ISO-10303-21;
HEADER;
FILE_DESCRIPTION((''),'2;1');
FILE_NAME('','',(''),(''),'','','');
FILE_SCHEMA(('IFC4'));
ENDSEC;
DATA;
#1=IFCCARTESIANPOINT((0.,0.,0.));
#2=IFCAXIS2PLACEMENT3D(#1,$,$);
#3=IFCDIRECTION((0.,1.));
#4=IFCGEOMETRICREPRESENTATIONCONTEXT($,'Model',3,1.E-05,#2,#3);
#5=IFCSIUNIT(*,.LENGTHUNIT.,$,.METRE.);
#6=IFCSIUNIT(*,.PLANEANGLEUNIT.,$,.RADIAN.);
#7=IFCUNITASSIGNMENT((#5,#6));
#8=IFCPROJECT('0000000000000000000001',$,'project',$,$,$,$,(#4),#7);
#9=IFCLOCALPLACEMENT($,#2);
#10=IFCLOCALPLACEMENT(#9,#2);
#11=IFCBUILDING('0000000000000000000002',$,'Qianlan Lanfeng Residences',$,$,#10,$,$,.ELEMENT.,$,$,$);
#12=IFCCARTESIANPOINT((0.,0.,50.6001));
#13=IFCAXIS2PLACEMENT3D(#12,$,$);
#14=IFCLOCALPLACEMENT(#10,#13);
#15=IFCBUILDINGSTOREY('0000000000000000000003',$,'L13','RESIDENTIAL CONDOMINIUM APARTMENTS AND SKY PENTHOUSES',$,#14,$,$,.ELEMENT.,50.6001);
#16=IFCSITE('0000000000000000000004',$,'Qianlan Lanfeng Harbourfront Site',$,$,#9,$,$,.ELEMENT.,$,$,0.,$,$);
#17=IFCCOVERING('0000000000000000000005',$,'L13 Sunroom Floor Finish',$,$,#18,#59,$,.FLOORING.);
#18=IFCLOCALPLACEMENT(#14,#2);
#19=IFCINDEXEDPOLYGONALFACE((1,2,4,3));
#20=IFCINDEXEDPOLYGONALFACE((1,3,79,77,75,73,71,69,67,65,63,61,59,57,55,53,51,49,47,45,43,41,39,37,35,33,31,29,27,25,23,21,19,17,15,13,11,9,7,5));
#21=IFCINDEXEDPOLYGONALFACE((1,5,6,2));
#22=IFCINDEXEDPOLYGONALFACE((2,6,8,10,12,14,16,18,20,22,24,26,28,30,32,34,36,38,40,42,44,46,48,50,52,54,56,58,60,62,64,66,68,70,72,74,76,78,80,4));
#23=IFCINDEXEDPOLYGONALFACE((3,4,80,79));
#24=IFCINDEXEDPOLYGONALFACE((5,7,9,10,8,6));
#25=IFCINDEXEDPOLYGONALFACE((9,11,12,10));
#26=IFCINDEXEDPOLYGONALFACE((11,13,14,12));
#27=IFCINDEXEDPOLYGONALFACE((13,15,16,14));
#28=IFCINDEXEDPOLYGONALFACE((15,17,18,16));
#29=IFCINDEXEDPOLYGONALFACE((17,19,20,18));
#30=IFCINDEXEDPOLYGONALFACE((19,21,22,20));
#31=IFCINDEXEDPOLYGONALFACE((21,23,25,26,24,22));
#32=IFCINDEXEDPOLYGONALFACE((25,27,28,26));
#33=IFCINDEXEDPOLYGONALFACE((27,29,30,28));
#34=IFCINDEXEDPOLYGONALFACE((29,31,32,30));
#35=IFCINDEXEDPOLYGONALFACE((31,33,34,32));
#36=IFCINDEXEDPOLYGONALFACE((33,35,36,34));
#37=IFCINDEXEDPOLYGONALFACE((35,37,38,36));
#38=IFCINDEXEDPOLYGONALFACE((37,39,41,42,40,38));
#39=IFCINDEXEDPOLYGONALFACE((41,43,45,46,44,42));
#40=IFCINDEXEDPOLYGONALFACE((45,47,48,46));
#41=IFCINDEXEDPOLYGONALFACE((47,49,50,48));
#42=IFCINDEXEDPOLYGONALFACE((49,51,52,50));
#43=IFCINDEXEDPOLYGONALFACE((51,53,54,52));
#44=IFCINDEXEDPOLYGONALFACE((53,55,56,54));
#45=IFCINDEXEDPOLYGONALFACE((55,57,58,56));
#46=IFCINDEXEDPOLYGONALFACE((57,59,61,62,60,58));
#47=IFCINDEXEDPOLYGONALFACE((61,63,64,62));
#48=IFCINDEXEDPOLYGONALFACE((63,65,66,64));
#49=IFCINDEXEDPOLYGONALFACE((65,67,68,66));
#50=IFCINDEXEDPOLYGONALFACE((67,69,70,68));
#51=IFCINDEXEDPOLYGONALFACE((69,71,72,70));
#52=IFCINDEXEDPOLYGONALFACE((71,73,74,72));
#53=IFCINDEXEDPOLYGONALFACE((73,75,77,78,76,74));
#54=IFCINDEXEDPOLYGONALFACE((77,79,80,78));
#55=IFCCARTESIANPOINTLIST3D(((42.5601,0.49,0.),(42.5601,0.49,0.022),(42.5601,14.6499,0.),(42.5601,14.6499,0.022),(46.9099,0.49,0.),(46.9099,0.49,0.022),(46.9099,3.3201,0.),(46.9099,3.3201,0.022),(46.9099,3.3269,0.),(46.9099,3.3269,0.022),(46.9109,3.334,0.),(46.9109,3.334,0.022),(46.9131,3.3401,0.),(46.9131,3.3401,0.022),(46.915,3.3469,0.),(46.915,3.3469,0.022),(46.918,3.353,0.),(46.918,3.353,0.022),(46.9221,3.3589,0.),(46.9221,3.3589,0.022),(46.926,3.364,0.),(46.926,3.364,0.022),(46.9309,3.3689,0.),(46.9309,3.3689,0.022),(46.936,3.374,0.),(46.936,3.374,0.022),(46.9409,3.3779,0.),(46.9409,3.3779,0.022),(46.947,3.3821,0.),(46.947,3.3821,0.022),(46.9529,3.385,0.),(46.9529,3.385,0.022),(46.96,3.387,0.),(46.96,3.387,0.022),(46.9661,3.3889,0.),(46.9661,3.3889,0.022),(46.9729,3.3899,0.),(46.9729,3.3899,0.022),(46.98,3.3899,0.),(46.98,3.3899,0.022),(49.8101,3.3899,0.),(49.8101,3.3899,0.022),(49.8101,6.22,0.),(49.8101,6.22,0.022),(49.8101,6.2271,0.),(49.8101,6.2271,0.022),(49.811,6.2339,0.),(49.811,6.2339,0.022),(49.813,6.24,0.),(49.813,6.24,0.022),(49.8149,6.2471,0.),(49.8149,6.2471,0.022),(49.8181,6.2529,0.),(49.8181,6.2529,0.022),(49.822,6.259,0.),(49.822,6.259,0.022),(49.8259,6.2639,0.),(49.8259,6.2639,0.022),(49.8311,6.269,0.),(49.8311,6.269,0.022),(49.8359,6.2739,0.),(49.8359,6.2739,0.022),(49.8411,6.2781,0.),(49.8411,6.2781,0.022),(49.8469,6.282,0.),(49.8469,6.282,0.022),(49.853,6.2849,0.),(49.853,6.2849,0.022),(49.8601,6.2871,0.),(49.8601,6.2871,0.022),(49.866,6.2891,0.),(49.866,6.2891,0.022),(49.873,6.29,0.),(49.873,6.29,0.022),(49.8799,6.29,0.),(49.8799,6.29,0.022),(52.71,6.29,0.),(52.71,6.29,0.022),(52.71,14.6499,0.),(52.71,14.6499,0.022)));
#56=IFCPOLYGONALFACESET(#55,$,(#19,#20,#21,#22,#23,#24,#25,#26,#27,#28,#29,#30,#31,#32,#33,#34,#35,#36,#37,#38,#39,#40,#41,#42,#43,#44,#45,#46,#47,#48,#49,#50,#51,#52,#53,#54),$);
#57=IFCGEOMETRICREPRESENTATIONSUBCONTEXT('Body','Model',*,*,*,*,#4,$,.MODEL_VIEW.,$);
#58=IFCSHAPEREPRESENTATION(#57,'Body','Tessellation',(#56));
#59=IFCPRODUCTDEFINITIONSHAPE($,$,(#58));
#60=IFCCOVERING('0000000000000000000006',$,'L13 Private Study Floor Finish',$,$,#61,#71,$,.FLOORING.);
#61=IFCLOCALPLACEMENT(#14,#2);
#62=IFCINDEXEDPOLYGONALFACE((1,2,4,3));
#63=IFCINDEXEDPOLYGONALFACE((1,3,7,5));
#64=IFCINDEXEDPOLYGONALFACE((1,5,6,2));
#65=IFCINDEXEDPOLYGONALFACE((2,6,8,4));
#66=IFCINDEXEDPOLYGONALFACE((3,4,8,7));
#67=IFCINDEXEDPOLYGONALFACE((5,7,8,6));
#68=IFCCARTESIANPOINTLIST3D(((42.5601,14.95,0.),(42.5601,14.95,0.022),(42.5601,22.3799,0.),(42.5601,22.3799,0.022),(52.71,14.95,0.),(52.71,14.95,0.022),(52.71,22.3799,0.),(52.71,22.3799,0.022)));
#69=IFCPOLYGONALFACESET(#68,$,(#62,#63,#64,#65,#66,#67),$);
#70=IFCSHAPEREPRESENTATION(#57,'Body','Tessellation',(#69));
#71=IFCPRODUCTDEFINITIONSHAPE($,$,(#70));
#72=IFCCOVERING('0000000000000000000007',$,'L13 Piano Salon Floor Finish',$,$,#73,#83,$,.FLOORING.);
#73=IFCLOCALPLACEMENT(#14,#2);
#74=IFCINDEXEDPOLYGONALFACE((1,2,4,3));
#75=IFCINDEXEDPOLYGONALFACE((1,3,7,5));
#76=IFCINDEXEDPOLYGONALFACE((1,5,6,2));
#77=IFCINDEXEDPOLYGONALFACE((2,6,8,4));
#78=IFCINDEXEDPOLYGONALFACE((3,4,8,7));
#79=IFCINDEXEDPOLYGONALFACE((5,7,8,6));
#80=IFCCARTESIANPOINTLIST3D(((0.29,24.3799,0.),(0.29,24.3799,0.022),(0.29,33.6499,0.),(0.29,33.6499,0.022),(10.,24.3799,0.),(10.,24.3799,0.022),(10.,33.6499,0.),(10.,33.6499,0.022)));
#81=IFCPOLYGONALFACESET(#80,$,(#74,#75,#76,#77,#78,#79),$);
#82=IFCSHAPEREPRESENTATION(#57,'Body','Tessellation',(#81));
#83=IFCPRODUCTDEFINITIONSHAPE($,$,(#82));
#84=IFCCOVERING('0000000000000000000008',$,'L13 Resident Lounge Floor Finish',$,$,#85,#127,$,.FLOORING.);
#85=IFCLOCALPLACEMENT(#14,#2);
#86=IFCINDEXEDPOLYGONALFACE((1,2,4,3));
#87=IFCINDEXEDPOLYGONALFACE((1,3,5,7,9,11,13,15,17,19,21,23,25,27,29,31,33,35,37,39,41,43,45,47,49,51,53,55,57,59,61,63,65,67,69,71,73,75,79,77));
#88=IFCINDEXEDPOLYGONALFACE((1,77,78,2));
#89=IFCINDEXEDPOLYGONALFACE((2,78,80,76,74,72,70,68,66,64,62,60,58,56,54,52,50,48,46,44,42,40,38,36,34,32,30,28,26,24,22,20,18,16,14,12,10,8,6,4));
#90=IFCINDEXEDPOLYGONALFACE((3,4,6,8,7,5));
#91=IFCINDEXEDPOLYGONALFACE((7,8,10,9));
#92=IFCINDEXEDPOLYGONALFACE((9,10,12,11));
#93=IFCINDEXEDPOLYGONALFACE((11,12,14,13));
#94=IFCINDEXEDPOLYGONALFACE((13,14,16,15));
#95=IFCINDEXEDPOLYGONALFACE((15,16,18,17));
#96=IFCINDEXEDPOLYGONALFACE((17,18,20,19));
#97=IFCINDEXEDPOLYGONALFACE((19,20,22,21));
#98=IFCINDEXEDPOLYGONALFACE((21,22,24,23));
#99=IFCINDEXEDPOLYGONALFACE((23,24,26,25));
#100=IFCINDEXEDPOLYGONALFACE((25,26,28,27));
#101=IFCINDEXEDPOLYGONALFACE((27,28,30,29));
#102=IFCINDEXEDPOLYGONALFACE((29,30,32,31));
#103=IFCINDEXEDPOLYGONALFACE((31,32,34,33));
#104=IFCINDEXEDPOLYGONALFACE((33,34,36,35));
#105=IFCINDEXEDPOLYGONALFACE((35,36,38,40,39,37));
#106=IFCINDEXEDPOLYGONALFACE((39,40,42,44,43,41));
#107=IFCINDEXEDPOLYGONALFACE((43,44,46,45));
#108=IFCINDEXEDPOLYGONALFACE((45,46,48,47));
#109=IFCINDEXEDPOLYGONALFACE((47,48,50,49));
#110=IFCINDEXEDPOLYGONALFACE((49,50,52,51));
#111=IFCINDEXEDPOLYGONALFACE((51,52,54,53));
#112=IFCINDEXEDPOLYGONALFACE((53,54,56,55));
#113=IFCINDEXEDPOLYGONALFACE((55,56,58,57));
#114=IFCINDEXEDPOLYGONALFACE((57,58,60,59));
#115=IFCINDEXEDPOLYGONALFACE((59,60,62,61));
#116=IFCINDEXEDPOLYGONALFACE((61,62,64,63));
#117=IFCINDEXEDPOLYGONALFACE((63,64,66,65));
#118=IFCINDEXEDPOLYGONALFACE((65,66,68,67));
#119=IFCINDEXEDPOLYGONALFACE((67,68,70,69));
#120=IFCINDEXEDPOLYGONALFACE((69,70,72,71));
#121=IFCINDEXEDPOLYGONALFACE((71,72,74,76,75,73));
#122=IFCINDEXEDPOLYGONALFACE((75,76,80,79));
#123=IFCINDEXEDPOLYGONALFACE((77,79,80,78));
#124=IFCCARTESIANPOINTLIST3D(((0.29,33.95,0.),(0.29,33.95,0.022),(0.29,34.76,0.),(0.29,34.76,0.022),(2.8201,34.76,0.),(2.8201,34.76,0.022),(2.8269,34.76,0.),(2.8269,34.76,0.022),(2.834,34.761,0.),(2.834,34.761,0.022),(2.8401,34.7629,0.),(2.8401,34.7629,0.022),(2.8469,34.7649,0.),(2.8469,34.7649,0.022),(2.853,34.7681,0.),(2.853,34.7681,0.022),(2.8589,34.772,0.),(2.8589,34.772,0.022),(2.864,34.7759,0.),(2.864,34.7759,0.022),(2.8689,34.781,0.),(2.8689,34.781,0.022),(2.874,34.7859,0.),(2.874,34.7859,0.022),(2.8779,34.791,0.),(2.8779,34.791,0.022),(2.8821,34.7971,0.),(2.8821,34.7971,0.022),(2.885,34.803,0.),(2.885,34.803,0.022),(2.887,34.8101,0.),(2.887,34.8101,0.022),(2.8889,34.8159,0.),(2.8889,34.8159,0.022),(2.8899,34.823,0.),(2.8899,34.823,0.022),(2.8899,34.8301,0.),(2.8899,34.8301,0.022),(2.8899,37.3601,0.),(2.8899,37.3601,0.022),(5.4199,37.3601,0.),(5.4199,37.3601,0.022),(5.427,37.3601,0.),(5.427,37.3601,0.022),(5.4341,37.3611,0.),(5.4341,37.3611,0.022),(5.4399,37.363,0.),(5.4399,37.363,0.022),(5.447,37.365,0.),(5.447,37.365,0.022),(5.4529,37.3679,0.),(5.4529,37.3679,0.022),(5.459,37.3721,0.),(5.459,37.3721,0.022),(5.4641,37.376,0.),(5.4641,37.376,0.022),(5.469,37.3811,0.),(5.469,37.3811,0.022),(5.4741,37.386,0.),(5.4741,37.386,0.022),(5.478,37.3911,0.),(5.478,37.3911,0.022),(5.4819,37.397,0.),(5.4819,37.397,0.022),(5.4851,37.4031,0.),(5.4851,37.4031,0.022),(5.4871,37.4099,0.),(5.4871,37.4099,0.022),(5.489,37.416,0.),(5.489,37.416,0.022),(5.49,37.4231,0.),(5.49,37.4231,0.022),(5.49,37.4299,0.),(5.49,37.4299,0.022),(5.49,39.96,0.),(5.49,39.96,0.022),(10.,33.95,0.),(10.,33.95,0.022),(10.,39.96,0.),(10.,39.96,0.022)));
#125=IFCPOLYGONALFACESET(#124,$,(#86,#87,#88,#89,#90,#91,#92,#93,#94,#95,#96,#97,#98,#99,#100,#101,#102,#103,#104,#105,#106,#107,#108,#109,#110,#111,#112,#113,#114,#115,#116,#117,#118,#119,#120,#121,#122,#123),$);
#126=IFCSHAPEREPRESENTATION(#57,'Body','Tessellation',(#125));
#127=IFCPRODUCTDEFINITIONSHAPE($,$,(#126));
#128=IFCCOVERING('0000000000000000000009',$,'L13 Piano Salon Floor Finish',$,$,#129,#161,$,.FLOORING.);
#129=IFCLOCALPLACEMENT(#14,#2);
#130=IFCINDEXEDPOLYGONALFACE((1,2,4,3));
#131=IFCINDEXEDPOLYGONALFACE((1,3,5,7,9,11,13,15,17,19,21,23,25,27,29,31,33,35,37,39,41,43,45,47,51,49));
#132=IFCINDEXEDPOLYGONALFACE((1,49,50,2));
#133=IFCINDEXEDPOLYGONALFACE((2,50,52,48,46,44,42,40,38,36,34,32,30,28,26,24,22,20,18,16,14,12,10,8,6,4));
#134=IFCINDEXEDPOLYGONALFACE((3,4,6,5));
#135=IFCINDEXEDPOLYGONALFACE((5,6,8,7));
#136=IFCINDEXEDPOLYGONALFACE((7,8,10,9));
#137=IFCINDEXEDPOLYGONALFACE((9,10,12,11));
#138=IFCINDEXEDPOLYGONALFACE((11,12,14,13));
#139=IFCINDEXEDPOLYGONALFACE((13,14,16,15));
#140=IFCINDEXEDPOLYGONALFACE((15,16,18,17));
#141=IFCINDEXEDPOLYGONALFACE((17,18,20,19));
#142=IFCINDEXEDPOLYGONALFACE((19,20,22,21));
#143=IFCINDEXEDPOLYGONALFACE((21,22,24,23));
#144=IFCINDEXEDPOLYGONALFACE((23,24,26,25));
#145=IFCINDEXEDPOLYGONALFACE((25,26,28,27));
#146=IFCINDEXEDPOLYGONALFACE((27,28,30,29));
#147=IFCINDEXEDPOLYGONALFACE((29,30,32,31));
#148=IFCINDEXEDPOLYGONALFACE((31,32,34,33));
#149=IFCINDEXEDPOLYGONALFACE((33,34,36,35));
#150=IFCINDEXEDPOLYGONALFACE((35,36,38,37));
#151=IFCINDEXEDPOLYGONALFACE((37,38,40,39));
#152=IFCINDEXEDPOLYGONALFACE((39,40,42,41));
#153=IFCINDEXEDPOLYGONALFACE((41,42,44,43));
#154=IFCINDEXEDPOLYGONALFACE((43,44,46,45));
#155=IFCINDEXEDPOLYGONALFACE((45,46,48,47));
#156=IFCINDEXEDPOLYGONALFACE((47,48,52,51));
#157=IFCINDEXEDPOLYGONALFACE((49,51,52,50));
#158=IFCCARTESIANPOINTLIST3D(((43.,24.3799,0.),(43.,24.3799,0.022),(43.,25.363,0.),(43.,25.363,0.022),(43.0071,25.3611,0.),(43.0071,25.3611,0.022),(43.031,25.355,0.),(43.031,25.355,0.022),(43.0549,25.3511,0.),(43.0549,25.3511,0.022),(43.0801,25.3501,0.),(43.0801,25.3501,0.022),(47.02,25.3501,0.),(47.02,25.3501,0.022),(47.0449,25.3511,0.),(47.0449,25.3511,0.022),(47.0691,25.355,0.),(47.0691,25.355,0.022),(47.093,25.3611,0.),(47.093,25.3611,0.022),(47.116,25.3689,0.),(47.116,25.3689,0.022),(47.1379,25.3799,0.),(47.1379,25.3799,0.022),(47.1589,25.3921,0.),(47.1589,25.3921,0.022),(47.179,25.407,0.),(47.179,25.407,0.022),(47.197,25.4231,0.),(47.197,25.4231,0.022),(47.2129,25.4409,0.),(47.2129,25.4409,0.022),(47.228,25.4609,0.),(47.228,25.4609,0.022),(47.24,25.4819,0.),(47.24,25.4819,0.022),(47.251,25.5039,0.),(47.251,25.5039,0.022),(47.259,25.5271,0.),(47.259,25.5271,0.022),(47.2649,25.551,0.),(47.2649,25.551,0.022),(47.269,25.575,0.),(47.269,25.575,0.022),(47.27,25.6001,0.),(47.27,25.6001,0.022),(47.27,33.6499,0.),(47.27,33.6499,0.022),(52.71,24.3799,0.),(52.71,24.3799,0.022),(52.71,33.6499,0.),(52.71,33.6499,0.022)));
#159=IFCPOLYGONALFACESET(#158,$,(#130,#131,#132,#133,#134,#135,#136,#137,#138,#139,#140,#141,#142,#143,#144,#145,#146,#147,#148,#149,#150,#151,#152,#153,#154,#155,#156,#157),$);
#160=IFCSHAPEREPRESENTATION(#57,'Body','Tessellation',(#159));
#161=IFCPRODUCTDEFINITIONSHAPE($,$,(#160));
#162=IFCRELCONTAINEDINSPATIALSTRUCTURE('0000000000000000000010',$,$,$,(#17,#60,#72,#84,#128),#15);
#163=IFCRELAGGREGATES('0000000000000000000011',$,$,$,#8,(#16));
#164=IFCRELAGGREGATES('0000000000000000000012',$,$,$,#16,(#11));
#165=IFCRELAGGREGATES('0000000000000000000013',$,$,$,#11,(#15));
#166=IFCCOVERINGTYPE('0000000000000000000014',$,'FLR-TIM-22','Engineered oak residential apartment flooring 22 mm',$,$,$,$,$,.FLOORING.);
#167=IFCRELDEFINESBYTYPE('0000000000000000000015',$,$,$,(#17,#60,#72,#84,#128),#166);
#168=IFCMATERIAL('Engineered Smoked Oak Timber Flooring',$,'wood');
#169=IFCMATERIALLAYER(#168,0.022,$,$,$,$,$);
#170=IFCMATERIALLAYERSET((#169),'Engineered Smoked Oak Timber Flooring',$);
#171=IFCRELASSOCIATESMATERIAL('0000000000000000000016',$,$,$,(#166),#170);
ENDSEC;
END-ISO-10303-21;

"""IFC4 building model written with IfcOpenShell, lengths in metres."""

from ifc_helpers import new_model, si_unit, direction, frame, origin, place, context, subcontext, project, spatial, polyline, outline, extrude, material, layer, layer_set, type_object, element, save


model = new_model("IFC4")

# Units and contexts
model_context = context("Model", 3, precision=1e-05, world=origin(), true_north=direction((0.0, 1.0)))
body_context = subcontext(model_context, "Body", "Model", "MODEL_VIEW")
ifc_project = project(units=[si_unit("LENGTHUNIT", "METRE"), si_unit("PLANEANGLEUNIT", "RADIAN")], contexts=[model_context])

# Site, building, storey
site_placement = place(None, origin())
site = spatial("IfcSite", under=ifc_project, at=site_placement, Name="Qianlan Lanfeng Harbourfront Site", CompositionType="ELEMENT", RefElevation=0.0)
building_placement = place(site_placement, origin())
building = spatial("IfcBuilding", under=site, at=building_placement, Name="Qianlan Lanfeng Residences", CompositionType="ELEMENT")
storey_placement = place(building_placement, frame((0.0, 0.0, 50.6001)))
storey = spatial("IfcBuildingStorey", under=building, at=storey_placement, Name="L13", Description="RESIDENTIAL CONDOMINIUM APARTMENTS AND SKY PENTHOUSES", CompositionType="ELEMENT", Elevation=50.6001)

# Coverings
ifc_material_1 = material(Name="Engineered Smoked Oak Timber Flooring", Category="wood")
ifc_layer_1 = layer(ifc_material_1, 0.022)
ifc_layer_set_1 = layer_set([ifc_layer_1], Name="Engineered Smoked Oak Timber Flooring")
covering_type_1 = type_object("IfcCoveringType", Name="FLR-TIM-22", Description="Engineered oak residential apartment flooring 22 mm", PredefinedType="FLOORING", material=ifc_layer_set_1)
covering_1_placement = place(storey_placement, origin())
element("IfcCovering", 1, at=covering_1_placement, inside=storey, type_object=covering_type_1, Name="L13 Sunroom Floor Finish", PredefinedType="FLOORING", context=body_context, shape_type="SweptSolid", body=[
    extrude(outline(polyline([(52.71, 14.6499), (42.5601, 14.6499), (42.5601, 0.49), (46.9099, 0.49), (46.9099, 3.3201), (46.9099, 3.3269), (46.9109, 3.334), (46.9131, 3.3401), (46.915, 3.3469), (46.918, 3.353), (46.9221, 3.3589), (46.926, 3.364), (46.9309, 3.3689), (46.936, 3.374), (46.9409, 3.3779), (46.947, 3.3821), (46.9529, 3.385), (46.96, 3.387), (46.9661, 3.3889), (46.9729, 3.3899), (46.98, 3.3899), (49.8101, 3.3899), (49.8101, 6.22), (49.8101, 6.2271), (49.811, 6.2339), (49.813, 6.24), (49.8149, 6.2471), (49.8181, 6.2529), (49.822, 6.259), (49.8259, 6.2639), (49.8311, 6.269), (49.8359, 6.2739), (49.8411, 6.2781), (49.8469, 6.282), (49.853, 6.2849), (49.8601, 6.2871), (49.866, 6.2891), (49.873, 6.29), (49.8799, 6.29), (52.71, 6.29), (52.71, 14.6499)])), origin(), (0.0, 0.0, 1.0), 0.022),
])
covering_2_placement = place(storey_placement, origin())
element("IfcCovering", 2, at=covering_2_placement, inside=storey, type_object=covering_type_1, Name="L13 Private Study Floor Finish", PredefinedType="FLOORING", context=body_context, shape_type="SweptSolid", body=[
    extrude(outline(polyline([(52.71, 22.3799), (42.5601, 22.3799), (42.5601, 14.95), (52.71, 14.95), (52.71, 22.3799)])), origin(), (0.0, 0.0, 1.0), 0.022),
])
covering_3_placement = place(storey_placement, origin())
element("IfcCovering", 3, at=covering_3_placement, inside=storey, type_object=covering_type_1, Name="L13 Piano Salon Floor Finish", PredefinedType="FLOORING", context=body_context, shape_type="SweptSolid", body=[
    extrude(outline(polyline([(10.0, 33.6499), (0.29, 33.6499), (0.29, 24.3799), (10.0, 24.3799), (10.0, 33.6499)])), origin(), (0.0, 0.0, 1.0), 0.022),
])
covering_4_placement = place(storey_placement, origin())
element("IfcCovering", 4, at=covering_4_placement, inside=storey, type_object=covering_type_1, Name="L13 Resident Lounge Floor Finish", PredefinedType="FLOORING", context=body_context, shape_type="SweptSolid", body=[
    extrude(outline(polyline([(0.29, 33.95), (10.0, 33.95), (10.0, 39.96), (5.49, 39.96), (5.49, 37.4299), (5.49, 37.4231), (5.489, 37.416), (5.4871, 37.4099), (5.4851, 37.4031), (5.4819, 37.397), (5.478, 37.3911), (5.4741, 37.386), (5.469, 37.3811), (5.4641, 37.376), (5.459, 37.3721), (5.4529, 37.3679), (5.447, 37.365), (5.4399, 37.363), (5.4341, 37.3611), (5.427, 37.3601), (5.4199, 37.3601), (2.8899, 37.3601), (2.8899, 34.8301), (2.8899, 34.823), (2.8889, 34.8159), (2.887, 34.8101), (2.885, 34.803), (2.8821, 34.7971), (2.8779, 34.791), (2.874, 34.7859), (2.8689, 34.781), (2.864, 34.7759), (2.8589, 34.772), (2.853, 34.7681), (2.8469, 34.7649), (2.8401, 34.7629), (2.834, 34.761), (2.8269, 34.76), (2.8201, 34.76), (0.29, 34.76), (0.29, 33.95)])), origin(), (0.0, 0.0, 1.0), 0.022),
])
covering_5_placement = place(storey_placement, origin())
element("IfcCovering", 5, at=covering_5_placement, inside=storey, type_object=covering_type_1, Name="L13 Piano Salon Floor Finish", PredefinedType="FLOORING", context=body_context, shape_type="SweptSolid", body=[
    extrude(outline(polyline([(52.71, 33.6499), (47.27, 33.6499), (47.27, 25.6001), (47.269, 25.575), (47.2649, 25.551), (47.259, 25.5271), (47.251, 25.5039), (47.24, 25.4819), (47.228, 25.4609), (47.2129, 25.4409), (47.197, 25.4231), (47.179, 25.407), (47.1589, 25.3921), (47.1379, 25.3799), (47.116, 25.3689), (47.093, 25.3611), (47.0691, 25.355), (47.0449, 25.3511), (47.02, 25.3501), (43.0801, 25.3501), (43.0549, 25.3511), (43.031, 25.355), (43.0071, 25.3611), (43.0, 25.363), (43.0, 24.3799), (52.71, 24.3799), (52.71, 33.6499)])), origin(), (0.0, 0.0, 1.0), 0.022),
])

save(model, "model.ifc")
